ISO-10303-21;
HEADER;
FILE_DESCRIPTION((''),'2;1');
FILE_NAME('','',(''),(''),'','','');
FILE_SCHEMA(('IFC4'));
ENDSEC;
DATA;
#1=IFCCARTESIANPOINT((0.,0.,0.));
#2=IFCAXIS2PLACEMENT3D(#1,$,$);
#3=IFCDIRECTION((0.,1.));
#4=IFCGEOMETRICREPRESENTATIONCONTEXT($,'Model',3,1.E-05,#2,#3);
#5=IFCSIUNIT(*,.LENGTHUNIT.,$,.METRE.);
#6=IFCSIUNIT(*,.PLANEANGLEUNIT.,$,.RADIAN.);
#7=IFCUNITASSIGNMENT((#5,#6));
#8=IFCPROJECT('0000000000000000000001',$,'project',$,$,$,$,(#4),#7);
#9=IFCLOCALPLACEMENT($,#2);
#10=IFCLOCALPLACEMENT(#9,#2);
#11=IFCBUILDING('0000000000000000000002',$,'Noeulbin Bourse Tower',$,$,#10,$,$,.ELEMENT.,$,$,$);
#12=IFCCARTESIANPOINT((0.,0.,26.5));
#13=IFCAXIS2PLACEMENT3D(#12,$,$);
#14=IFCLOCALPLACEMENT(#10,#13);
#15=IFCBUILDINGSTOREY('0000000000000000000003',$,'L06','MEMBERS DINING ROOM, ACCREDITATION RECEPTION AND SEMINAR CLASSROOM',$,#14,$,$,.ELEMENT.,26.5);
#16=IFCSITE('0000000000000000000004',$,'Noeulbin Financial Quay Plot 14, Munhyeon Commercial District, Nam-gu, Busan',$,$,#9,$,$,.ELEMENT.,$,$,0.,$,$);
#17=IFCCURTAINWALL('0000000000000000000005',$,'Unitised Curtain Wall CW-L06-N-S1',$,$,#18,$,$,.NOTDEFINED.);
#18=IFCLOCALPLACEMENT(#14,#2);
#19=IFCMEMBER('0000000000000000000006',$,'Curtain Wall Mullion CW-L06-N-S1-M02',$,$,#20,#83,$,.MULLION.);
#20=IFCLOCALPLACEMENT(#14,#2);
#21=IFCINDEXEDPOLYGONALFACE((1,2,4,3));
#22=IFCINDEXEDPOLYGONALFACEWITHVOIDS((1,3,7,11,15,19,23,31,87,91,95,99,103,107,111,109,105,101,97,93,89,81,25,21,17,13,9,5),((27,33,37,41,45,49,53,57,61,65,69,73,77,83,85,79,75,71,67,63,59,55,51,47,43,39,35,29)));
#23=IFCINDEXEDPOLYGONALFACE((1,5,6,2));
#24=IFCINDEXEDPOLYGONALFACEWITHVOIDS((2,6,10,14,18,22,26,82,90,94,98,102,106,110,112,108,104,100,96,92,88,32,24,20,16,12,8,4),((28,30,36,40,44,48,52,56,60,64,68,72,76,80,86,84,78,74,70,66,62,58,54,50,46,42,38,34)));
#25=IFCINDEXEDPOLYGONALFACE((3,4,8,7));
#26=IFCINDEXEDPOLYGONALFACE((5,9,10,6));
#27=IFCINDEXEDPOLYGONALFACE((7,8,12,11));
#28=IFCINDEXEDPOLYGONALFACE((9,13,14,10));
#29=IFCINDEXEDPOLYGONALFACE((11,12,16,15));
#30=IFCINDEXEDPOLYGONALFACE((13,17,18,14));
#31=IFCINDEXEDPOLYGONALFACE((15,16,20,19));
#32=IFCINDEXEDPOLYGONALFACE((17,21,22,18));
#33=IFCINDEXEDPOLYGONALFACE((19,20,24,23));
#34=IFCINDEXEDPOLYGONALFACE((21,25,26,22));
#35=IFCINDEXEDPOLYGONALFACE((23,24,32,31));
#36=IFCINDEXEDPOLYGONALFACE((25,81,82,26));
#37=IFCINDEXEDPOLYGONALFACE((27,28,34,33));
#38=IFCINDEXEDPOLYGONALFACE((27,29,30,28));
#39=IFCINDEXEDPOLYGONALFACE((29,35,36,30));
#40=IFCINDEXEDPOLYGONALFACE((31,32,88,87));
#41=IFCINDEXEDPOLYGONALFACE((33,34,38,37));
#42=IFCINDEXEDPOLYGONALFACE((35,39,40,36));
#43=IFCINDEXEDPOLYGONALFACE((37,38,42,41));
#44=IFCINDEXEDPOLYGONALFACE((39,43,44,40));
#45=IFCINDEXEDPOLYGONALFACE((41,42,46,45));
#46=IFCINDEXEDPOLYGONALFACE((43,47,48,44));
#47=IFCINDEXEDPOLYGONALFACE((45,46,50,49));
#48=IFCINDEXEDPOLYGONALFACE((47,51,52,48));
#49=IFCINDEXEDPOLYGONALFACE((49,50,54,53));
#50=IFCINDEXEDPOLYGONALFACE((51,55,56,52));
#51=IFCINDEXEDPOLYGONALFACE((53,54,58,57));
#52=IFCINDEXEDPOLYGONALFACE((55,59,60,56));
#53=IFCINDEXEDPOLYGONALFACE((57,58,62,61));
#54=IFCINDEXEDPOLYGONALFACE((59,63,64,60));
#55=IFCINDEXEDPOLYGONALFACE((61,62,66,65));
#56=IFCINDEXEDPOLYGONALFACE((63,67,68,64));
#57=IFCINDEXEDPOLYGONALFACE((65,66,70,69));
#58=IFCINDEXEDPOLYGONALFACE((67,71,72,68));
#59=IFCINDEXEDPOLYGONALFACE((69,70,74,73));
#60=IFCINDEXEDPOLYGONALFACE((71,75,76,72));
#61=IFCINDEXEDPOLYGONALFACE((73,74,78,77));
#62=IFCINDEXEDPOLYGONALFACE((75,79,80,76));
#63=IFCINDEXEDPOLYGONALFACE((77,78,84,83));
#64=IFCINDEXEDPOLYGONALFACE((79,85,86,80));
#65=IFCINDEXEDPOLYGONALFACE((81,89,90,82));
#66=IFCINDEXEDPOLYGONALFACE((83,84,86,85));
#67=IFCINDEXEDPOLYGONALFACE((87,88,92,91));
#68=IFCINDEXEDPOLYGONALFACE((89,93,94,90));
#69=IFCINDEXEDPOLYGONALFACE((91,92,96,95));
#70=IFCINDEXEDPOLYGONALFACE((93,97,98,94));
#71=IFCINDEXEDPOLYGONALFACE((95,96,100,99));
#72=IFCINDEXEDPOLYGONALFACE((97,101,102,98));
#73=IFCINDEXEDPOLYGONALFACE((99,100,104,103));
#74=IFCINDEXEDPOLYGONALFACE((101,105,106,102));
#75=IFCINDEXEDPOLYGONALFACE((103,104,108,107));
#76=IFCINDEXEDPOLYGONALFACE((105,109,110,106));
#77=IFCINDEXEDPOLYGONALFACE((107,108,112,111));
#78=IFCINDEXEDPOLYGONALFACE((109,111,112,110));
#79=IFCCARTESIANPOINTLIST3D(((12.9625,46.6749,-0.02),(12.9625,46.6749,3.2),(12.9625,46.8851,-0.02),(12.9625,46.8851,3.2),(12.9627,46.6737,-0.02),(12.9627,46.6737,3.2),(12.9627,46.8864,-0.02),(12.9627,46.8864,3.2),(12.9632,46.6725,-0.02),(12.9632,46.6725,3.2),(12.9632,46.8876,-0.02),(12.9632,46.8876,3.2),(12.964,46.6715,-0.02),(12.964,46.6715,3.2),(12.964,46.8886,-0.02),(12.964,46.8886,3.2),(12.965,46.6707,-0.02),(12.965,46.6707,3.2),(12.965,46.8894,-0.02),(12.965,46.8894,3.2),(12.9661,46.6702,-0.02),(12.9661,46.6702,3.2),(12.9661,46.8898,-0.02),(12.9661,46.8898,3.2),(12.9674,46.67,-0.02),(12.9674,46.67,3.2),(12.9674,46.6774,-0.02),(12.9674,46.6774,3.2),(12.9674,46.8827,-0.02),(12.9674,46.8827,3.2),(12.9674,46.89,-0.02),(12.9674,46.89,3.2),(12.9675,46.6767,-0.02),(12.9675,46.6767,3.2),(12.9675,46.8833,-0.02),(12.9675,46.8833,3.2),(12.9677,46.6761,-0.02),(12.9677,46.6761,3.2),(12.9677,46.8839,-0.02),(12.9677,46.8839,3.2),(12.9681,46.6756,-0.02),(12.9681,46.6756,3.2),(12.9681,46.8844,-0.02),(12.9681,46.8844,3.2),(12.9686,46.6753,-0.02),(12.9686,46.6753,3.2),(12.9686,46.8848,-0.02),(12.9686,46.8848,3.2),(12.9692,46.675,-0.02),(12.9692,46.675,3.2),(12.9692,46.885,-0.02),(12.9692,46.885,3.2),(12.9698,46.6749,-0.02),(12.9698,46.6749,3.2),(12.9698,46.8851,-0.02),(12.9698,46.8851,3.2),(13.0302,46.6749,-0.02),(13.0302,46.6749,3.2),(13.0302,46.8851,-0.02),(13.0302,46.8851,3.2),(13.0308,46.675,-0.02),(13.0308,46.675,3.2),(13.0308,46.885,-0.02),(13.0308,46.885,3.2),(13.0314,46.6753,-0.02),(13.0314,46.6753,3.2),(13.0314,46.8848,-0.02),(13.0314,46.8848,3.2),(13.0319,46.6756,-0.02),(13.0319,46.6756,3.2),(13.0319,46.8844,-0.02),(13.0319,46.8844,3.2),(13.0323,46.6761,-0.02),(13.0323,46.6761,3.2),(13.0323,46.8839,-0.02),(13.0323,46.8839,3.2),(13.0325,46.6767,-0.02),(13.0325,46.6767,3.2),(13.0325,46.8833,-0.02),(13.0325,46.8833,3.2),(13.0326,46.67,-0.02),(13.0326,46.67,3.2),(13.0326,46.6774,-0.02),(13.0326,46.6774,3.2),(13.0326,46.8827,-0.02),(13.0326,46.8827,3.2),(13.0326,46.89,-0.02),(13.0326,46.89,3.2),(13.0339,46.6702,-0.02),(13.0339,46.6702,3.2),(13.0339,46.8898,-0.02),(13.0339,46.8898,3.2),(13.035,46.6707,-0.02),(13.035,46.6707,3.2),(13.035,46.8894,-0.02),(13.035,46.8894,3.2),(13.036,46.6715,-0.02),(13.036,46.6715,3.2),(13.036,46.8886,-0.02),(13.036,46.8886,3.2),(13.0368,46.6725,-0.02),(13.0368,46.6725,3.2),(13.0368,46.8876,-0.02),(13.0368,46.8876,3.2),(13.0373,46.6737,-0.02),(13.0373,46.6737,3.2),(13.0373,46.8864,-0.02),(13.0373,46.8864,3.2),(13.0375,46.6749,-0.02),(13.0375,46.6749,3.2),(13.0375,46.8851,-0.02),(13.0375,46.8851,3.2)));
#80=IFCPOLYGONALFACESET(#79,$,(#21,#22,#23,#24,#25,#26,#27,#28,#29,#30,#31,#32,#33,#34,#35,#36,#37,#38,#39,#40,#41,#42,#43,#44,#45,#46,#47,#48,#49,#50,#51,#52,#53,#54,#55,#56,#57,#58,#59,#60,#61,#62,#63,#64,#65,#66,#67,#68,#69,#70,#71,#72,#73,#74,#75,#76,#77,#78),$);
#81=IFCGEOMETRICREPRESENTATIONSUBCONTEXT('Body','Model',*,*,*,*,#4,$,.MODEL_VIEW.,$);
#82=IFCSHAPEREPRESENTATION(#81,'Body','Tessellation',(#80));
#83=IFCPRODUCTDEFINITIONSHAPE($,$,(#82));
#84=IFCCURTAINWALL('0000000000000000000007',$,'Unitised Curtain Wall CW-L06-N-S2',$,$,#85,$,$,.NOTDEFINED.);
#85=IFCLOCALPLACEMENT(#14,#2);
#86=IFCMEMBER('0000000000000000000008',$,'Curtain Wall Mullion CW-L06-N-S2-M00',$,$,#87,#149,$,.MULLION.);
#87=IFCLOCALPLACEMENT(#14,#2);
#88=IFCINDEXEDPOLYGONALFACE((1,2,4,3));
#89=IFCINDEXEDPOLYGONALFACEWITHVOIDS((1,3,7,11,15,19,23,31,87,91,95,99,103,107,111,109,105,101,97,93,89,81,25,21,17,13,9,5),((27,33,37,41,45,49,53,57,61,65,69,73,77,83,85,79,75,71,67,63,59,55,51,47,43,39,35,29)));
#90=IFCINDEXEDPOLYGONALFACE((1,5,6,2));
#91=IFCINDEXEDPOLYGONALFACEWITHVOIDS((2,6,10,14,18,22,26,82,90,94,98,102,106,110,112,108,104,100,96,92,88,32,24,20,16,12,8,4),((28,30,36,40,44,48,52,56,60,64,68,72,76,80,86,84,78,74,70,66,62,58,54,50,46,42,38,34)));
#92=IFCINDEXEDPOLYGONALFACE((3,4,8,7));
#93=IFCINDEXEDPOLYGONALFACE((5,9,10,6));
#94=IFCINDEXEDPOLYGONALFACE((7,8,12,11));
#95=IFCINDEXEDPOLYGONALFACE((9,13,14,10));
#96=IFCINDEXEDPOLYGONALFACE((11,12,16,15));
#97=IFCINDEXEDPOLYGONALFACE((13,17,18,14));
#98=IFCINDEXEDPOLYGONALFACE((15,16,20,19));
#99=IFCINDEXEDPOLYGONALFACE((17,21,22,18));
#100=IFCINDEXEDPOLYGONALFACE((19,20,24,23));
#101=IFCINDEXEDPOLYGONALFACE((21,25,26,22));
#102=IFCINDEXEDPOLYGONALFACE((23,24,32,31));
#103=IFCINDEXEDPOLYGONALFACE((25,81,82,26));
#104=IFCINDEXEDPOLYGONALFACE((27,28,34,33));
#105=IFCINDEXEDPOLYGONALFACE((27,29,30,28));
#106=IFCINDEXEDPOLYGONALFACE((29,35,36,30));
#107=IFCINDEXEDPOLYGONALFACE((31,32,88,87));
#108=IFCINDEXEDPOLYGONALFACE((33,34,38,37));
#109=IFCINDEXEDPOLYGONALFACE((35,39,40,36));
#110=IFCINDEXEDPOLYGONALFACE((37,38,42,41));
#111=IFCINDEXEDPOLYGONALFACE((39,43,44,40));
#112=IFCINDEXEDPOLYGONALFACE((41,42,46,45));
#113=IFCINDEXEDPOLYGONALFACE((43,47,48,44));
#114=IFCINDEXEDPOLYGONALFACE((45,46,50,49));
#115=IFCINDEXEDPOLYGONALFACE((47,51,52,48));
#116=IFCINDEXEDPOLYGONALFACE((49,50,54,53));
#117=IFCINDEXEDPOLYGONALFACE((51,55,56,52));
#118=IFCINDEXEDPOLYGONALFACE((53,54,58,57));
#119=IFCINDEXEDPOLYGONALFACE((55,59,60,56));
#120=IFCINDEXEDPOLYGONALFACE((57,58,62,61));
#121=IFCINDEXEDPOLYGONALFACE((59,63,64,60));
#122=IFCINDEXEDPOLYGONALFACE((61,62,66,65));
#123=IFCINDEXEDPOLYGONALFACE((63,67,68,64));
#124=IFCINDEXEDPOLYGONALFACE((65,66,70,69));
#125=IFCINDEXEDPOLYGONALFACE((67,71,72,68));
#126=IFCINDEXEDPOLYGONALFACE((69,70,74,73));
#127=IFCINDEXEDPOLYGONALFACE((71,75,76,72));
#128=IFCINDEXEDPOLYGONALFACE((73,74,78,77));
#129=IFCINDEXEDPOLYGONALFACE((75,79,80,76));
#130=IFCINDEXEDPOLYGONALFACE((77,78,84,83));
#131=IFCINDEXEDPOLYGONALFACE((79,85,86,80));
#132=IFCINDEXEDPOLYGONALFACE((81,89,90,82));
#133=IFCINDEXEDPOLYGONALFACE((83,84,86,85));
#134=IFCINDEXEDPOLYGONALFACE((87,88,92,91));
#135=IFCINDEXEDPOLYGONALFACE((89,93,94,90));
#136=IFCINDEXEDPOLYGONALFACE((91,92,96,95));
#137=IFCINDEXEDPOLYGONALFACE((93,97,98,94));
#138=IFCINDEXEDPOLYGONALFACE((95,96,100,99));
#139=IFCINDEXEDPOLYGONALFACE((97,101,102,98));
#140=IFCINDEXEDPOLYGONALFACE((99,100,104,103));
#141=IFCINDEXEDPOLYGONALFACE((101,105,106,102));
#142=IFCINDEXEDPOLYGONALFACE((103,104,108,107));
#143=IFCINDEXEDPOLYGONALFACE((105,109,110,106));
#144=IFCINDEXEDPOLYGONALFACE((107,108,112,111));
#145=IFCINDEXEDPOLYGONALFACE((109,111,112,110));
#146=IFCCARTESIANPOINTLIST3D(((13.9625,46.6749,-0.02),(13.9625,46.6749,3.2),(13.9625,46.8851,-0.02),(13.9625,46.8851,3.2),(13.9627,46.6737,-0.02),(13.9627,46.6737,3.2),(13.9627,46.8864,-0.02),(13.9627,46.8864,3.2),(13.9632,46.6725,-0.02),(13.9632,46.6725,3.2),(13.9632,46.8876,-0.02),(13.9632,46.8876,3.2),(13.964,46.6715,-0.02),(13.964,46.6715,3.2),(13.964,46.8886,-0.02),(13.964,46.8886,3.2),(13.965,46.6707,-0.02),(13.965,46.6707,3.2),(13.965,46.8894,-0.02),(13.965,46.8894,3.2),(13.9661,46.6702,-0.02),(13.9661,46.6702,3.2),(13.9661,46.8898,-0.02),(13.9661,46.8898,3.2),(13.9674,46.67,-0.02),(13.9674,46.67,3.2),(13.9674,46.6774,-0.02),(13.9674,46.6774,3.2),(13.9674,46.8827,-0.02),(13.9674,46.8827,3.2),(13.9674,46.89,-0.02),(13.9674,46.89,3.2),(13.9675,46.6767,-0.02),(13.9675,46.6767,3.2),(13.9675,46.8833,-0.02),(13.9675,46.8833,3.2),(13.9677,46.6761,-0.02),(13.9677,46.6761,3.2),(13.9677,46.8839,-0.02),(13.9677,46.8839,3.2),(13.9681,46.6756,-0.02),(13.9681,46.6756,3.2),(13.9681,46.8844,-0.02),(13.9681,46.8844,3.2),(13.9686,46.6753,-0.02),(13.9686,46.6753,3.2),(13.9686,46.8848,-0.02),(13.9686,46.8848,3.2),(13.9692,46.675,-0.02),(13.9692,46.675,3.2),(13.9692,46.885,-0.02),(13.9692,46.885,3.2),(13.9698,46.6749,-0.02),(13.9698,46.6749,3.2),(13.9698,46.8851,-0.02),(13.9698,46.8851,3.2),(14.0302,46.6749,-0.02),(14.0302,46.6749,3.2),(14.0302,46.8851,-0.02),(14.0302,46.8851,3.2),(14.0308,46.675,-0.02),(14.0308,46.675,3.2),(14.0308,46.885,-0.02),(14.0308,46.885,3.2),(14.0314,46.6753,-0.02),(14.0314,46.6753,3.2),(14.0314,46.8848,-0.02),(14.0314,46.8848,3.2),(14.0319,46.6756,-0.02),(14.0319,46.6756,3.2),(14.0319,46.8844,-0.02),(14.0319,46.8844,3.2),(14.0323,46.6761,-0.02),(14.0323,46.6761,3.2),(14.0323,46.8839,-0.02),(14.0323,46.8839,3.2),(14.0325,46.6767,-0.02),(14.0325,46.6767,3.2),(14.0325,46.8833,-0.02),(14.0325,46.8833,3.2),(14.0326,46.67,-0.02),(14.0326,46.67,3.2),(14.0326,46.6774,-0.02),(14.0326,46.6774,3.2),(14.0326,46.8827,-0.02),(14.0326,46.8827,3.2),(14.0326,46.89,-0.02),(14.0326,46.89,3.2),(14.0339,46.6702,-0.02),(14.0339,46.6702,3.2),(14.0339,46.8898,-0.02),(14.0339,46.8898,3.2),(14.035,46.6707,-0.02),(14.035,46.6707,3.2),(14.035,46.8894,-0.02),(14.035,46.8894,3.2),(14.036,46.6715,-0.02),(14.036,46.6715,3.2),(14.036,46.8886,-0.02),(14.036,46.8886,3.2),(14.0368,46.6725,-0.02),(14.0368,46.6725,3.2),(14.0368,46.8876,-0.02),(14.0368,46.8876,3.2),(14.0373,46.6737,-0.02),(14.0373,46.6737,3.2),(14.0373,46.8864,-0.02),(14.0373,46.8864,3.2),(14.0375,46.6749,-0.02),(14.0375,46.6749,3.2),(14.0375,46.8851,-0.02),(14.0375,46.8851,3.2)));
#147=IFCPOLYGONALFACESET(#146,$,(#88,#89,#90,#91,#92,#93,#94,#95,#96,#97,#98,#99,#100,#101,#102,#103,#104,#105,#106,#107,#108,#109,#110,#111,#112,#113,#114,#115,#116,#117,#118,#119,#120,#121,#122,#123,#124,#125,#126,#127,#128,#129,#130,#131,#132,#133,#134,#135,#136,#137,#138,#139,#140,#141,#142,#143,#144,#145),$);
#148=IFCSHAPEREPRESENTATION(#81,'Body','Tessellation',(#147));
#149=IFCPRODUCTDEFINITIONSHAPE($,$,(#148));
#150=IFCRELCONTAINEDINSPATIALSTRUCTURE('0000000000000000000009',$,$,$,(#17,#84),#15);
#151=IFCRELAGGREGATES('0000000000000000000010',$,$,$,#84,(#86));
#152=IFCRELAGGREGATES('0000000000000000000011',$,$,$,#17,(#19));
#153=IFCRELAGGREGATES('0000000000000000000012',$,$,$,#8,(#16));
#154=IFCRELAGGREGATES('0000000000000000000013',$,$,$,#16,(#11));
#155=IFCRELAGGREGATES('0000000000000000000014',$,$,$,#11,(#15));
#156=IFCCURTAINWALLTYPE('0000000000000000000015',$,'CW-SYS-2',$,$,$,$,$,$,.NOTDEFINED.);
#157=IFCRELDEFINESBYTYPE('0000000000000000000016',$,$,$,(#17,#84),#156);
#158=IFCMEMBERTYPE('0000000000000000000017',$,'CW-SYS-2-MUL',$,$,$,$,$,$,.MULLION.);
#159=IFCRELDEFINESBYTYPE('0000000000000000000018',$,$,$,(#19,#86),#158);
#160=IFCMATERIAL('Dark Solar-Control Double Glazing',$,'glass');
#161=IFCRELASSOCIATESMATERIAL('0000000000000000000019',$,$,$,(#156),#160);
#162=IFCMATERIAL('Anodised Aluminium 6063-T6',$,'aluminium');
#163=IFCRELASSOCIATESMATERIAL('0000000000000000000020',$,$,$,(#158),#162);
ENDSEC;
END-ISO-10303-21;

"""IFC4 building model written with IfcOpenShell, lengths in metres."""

from ifc_helpers import new_model, si_unit, direction, frame, origin, origin_2d, place, context, subcontext, project, spatial, hollow_rectangle, extrude, material, material_profile, profile_set, type_object, element, aggregate, save


model = new_model("IFC4")

# Units and contexts
model_context = context("Model", 3, precision=1e-05, world=origin(), true_north=direction((0.0, 1.0)))
body_context = subcontext(model_context, "Body", "Model", "MODEL_VIEW")
ifc_project = project(units=[si_unit("LENGTHUNIT", "METRE"), si_unit("PLANEANGLEUNIT", "RADIAN")], contexts=[model_context])

# Site, building, storey
site_placement = place(None, origin())
site = spatial("IfcSite", under=ifc_project, at=site_placement, Name="Noeulbin Financial Quay Plot 14, Munhyeon Commercial District, Nam-gu, Busan", CompositionType="ELEMENT", RefElevation=0.0)
building_placement = place(site_placement, origin())
building = spatial("IfcBuilding", under=site, at=building_placement, Name="Noeulbin Bourse Tower", CompositionType="ELEMENT")
storey_placement = place(building_placement, frame((0.0, 0.0, 26.5)))
storey = spatial("IfcBuildingStorey", under=building, at=storey_placement, Name="L06", Description="MEMBERS DINING ROOM, ACCREDITATION RECEPTION AND SEMINAR CLASSROOM", CompositionType="ELEMENT", Elevation=26.5)

# Curtain wall, member
ifc_material_1 = material(Name="Dark Solar-Control Double Glazing", Category="glass")
curtain_wall_type = type_object("IfcCurtainWallType", Name="CW-SYS-2", PredefinedType="NOTDEFINED", material=ifc_material_1)
curtain_wall_1_placement = place(storey_placement, origin())
curtain_wall_1 = element("IfcCurtainWall", 1, at=curtain_wall_1_placement, inside=storey, type_object=curtain_wall_type, Name="Unitised Curtain Wall CW-L06-N-S1", PredefinedType="NOTDEFINED")
ifc_material_2 = material(Name="Anodised Aluminium 6063-T6", Category="aluminium")
ifc_material_profile_1 = material_profile(ifc_material_2, hollow_rectangle(XDim=0.075, YDim=0.22, WallThickness=0.0049, InnerFilletRadius=0.0024, OuterFilletRadius=0.0049, at=origin_2d()), Name="ALU-MULL-75x220x5", Category="LoadBearing")
ifc_profile_set_1 = profile_set([ifc_material_profile_1], Name="Anodised Aluminium 6063-T6")
member_type_1 = type_object("IfcMemberType", Name="CW-SYS-2-MUL", PredefinedType="MULLION", material=ifc_profile_set_1)
member_1_placement = place(storey_placement, frame((13.0, 46.78, -0.02), z_axis=(0.0, 0.0, 1.0), x_axis=(1.0, 0.0, 0.0)))
member_1 = element("IfcMember", 2, at=member_1_placement, type_object=member_type_1, Name="Curtain Wall Mullion CW-L06-N-S1-M02", PredefinedType="MULLION", context=body_context, shape_type="SweptSolid", body=[
    extrude(hollow_rectangle(XDim=0.075, YDim=0.22, WallThickness=0.0049, InnerFilletRadius=0.0024, OuterFilletRadius=0.0049, at=origin_2d()), origin(), (0.0, 0.0, 1.0), 3.22),
])

# Curtain wall, member
curtain_wall_2_placement = place(storey_placement, origin())
curtain_wall_2 = element("IfcCurtainWall", 3, at=curtain_wall_2_placement, inside=storey, type_object=curtain_wall_type, Name="Unitised Curtain Wall CW-L06-N-S2", PredefinedType="NOTDEFINED")
member_2_placement = place(storey_placement, frame((14.0, 46.78, -0.02), z_axis=(0.0, 0.0, 1.0), x_axis=(1.0, 0.0, 0.0)))
member_2 = element("IfcMember", 4, at=member_2_placement, type_object=member_type_1, Name="Curtain Wall Mullion CW-L06-N-S2-M00", PredefinedType="MULLION", context=body_context, shape_type="SweptSolid", body=[
    extrude(hollow_rectangle(XDim=0.075, YDim=0.22, WallThickness=0.0049, InnerFilletRadius=0.0024, OuterFilletRadius=0.0049, at=origin_2d()), origin(), (0.0, 0.0, 1.0), 3.22),
])

aggregate(curtain_wall_2, [member_2])

aggregate(curtain_wall_1, [member_1])

save(model, "model.ifc")
